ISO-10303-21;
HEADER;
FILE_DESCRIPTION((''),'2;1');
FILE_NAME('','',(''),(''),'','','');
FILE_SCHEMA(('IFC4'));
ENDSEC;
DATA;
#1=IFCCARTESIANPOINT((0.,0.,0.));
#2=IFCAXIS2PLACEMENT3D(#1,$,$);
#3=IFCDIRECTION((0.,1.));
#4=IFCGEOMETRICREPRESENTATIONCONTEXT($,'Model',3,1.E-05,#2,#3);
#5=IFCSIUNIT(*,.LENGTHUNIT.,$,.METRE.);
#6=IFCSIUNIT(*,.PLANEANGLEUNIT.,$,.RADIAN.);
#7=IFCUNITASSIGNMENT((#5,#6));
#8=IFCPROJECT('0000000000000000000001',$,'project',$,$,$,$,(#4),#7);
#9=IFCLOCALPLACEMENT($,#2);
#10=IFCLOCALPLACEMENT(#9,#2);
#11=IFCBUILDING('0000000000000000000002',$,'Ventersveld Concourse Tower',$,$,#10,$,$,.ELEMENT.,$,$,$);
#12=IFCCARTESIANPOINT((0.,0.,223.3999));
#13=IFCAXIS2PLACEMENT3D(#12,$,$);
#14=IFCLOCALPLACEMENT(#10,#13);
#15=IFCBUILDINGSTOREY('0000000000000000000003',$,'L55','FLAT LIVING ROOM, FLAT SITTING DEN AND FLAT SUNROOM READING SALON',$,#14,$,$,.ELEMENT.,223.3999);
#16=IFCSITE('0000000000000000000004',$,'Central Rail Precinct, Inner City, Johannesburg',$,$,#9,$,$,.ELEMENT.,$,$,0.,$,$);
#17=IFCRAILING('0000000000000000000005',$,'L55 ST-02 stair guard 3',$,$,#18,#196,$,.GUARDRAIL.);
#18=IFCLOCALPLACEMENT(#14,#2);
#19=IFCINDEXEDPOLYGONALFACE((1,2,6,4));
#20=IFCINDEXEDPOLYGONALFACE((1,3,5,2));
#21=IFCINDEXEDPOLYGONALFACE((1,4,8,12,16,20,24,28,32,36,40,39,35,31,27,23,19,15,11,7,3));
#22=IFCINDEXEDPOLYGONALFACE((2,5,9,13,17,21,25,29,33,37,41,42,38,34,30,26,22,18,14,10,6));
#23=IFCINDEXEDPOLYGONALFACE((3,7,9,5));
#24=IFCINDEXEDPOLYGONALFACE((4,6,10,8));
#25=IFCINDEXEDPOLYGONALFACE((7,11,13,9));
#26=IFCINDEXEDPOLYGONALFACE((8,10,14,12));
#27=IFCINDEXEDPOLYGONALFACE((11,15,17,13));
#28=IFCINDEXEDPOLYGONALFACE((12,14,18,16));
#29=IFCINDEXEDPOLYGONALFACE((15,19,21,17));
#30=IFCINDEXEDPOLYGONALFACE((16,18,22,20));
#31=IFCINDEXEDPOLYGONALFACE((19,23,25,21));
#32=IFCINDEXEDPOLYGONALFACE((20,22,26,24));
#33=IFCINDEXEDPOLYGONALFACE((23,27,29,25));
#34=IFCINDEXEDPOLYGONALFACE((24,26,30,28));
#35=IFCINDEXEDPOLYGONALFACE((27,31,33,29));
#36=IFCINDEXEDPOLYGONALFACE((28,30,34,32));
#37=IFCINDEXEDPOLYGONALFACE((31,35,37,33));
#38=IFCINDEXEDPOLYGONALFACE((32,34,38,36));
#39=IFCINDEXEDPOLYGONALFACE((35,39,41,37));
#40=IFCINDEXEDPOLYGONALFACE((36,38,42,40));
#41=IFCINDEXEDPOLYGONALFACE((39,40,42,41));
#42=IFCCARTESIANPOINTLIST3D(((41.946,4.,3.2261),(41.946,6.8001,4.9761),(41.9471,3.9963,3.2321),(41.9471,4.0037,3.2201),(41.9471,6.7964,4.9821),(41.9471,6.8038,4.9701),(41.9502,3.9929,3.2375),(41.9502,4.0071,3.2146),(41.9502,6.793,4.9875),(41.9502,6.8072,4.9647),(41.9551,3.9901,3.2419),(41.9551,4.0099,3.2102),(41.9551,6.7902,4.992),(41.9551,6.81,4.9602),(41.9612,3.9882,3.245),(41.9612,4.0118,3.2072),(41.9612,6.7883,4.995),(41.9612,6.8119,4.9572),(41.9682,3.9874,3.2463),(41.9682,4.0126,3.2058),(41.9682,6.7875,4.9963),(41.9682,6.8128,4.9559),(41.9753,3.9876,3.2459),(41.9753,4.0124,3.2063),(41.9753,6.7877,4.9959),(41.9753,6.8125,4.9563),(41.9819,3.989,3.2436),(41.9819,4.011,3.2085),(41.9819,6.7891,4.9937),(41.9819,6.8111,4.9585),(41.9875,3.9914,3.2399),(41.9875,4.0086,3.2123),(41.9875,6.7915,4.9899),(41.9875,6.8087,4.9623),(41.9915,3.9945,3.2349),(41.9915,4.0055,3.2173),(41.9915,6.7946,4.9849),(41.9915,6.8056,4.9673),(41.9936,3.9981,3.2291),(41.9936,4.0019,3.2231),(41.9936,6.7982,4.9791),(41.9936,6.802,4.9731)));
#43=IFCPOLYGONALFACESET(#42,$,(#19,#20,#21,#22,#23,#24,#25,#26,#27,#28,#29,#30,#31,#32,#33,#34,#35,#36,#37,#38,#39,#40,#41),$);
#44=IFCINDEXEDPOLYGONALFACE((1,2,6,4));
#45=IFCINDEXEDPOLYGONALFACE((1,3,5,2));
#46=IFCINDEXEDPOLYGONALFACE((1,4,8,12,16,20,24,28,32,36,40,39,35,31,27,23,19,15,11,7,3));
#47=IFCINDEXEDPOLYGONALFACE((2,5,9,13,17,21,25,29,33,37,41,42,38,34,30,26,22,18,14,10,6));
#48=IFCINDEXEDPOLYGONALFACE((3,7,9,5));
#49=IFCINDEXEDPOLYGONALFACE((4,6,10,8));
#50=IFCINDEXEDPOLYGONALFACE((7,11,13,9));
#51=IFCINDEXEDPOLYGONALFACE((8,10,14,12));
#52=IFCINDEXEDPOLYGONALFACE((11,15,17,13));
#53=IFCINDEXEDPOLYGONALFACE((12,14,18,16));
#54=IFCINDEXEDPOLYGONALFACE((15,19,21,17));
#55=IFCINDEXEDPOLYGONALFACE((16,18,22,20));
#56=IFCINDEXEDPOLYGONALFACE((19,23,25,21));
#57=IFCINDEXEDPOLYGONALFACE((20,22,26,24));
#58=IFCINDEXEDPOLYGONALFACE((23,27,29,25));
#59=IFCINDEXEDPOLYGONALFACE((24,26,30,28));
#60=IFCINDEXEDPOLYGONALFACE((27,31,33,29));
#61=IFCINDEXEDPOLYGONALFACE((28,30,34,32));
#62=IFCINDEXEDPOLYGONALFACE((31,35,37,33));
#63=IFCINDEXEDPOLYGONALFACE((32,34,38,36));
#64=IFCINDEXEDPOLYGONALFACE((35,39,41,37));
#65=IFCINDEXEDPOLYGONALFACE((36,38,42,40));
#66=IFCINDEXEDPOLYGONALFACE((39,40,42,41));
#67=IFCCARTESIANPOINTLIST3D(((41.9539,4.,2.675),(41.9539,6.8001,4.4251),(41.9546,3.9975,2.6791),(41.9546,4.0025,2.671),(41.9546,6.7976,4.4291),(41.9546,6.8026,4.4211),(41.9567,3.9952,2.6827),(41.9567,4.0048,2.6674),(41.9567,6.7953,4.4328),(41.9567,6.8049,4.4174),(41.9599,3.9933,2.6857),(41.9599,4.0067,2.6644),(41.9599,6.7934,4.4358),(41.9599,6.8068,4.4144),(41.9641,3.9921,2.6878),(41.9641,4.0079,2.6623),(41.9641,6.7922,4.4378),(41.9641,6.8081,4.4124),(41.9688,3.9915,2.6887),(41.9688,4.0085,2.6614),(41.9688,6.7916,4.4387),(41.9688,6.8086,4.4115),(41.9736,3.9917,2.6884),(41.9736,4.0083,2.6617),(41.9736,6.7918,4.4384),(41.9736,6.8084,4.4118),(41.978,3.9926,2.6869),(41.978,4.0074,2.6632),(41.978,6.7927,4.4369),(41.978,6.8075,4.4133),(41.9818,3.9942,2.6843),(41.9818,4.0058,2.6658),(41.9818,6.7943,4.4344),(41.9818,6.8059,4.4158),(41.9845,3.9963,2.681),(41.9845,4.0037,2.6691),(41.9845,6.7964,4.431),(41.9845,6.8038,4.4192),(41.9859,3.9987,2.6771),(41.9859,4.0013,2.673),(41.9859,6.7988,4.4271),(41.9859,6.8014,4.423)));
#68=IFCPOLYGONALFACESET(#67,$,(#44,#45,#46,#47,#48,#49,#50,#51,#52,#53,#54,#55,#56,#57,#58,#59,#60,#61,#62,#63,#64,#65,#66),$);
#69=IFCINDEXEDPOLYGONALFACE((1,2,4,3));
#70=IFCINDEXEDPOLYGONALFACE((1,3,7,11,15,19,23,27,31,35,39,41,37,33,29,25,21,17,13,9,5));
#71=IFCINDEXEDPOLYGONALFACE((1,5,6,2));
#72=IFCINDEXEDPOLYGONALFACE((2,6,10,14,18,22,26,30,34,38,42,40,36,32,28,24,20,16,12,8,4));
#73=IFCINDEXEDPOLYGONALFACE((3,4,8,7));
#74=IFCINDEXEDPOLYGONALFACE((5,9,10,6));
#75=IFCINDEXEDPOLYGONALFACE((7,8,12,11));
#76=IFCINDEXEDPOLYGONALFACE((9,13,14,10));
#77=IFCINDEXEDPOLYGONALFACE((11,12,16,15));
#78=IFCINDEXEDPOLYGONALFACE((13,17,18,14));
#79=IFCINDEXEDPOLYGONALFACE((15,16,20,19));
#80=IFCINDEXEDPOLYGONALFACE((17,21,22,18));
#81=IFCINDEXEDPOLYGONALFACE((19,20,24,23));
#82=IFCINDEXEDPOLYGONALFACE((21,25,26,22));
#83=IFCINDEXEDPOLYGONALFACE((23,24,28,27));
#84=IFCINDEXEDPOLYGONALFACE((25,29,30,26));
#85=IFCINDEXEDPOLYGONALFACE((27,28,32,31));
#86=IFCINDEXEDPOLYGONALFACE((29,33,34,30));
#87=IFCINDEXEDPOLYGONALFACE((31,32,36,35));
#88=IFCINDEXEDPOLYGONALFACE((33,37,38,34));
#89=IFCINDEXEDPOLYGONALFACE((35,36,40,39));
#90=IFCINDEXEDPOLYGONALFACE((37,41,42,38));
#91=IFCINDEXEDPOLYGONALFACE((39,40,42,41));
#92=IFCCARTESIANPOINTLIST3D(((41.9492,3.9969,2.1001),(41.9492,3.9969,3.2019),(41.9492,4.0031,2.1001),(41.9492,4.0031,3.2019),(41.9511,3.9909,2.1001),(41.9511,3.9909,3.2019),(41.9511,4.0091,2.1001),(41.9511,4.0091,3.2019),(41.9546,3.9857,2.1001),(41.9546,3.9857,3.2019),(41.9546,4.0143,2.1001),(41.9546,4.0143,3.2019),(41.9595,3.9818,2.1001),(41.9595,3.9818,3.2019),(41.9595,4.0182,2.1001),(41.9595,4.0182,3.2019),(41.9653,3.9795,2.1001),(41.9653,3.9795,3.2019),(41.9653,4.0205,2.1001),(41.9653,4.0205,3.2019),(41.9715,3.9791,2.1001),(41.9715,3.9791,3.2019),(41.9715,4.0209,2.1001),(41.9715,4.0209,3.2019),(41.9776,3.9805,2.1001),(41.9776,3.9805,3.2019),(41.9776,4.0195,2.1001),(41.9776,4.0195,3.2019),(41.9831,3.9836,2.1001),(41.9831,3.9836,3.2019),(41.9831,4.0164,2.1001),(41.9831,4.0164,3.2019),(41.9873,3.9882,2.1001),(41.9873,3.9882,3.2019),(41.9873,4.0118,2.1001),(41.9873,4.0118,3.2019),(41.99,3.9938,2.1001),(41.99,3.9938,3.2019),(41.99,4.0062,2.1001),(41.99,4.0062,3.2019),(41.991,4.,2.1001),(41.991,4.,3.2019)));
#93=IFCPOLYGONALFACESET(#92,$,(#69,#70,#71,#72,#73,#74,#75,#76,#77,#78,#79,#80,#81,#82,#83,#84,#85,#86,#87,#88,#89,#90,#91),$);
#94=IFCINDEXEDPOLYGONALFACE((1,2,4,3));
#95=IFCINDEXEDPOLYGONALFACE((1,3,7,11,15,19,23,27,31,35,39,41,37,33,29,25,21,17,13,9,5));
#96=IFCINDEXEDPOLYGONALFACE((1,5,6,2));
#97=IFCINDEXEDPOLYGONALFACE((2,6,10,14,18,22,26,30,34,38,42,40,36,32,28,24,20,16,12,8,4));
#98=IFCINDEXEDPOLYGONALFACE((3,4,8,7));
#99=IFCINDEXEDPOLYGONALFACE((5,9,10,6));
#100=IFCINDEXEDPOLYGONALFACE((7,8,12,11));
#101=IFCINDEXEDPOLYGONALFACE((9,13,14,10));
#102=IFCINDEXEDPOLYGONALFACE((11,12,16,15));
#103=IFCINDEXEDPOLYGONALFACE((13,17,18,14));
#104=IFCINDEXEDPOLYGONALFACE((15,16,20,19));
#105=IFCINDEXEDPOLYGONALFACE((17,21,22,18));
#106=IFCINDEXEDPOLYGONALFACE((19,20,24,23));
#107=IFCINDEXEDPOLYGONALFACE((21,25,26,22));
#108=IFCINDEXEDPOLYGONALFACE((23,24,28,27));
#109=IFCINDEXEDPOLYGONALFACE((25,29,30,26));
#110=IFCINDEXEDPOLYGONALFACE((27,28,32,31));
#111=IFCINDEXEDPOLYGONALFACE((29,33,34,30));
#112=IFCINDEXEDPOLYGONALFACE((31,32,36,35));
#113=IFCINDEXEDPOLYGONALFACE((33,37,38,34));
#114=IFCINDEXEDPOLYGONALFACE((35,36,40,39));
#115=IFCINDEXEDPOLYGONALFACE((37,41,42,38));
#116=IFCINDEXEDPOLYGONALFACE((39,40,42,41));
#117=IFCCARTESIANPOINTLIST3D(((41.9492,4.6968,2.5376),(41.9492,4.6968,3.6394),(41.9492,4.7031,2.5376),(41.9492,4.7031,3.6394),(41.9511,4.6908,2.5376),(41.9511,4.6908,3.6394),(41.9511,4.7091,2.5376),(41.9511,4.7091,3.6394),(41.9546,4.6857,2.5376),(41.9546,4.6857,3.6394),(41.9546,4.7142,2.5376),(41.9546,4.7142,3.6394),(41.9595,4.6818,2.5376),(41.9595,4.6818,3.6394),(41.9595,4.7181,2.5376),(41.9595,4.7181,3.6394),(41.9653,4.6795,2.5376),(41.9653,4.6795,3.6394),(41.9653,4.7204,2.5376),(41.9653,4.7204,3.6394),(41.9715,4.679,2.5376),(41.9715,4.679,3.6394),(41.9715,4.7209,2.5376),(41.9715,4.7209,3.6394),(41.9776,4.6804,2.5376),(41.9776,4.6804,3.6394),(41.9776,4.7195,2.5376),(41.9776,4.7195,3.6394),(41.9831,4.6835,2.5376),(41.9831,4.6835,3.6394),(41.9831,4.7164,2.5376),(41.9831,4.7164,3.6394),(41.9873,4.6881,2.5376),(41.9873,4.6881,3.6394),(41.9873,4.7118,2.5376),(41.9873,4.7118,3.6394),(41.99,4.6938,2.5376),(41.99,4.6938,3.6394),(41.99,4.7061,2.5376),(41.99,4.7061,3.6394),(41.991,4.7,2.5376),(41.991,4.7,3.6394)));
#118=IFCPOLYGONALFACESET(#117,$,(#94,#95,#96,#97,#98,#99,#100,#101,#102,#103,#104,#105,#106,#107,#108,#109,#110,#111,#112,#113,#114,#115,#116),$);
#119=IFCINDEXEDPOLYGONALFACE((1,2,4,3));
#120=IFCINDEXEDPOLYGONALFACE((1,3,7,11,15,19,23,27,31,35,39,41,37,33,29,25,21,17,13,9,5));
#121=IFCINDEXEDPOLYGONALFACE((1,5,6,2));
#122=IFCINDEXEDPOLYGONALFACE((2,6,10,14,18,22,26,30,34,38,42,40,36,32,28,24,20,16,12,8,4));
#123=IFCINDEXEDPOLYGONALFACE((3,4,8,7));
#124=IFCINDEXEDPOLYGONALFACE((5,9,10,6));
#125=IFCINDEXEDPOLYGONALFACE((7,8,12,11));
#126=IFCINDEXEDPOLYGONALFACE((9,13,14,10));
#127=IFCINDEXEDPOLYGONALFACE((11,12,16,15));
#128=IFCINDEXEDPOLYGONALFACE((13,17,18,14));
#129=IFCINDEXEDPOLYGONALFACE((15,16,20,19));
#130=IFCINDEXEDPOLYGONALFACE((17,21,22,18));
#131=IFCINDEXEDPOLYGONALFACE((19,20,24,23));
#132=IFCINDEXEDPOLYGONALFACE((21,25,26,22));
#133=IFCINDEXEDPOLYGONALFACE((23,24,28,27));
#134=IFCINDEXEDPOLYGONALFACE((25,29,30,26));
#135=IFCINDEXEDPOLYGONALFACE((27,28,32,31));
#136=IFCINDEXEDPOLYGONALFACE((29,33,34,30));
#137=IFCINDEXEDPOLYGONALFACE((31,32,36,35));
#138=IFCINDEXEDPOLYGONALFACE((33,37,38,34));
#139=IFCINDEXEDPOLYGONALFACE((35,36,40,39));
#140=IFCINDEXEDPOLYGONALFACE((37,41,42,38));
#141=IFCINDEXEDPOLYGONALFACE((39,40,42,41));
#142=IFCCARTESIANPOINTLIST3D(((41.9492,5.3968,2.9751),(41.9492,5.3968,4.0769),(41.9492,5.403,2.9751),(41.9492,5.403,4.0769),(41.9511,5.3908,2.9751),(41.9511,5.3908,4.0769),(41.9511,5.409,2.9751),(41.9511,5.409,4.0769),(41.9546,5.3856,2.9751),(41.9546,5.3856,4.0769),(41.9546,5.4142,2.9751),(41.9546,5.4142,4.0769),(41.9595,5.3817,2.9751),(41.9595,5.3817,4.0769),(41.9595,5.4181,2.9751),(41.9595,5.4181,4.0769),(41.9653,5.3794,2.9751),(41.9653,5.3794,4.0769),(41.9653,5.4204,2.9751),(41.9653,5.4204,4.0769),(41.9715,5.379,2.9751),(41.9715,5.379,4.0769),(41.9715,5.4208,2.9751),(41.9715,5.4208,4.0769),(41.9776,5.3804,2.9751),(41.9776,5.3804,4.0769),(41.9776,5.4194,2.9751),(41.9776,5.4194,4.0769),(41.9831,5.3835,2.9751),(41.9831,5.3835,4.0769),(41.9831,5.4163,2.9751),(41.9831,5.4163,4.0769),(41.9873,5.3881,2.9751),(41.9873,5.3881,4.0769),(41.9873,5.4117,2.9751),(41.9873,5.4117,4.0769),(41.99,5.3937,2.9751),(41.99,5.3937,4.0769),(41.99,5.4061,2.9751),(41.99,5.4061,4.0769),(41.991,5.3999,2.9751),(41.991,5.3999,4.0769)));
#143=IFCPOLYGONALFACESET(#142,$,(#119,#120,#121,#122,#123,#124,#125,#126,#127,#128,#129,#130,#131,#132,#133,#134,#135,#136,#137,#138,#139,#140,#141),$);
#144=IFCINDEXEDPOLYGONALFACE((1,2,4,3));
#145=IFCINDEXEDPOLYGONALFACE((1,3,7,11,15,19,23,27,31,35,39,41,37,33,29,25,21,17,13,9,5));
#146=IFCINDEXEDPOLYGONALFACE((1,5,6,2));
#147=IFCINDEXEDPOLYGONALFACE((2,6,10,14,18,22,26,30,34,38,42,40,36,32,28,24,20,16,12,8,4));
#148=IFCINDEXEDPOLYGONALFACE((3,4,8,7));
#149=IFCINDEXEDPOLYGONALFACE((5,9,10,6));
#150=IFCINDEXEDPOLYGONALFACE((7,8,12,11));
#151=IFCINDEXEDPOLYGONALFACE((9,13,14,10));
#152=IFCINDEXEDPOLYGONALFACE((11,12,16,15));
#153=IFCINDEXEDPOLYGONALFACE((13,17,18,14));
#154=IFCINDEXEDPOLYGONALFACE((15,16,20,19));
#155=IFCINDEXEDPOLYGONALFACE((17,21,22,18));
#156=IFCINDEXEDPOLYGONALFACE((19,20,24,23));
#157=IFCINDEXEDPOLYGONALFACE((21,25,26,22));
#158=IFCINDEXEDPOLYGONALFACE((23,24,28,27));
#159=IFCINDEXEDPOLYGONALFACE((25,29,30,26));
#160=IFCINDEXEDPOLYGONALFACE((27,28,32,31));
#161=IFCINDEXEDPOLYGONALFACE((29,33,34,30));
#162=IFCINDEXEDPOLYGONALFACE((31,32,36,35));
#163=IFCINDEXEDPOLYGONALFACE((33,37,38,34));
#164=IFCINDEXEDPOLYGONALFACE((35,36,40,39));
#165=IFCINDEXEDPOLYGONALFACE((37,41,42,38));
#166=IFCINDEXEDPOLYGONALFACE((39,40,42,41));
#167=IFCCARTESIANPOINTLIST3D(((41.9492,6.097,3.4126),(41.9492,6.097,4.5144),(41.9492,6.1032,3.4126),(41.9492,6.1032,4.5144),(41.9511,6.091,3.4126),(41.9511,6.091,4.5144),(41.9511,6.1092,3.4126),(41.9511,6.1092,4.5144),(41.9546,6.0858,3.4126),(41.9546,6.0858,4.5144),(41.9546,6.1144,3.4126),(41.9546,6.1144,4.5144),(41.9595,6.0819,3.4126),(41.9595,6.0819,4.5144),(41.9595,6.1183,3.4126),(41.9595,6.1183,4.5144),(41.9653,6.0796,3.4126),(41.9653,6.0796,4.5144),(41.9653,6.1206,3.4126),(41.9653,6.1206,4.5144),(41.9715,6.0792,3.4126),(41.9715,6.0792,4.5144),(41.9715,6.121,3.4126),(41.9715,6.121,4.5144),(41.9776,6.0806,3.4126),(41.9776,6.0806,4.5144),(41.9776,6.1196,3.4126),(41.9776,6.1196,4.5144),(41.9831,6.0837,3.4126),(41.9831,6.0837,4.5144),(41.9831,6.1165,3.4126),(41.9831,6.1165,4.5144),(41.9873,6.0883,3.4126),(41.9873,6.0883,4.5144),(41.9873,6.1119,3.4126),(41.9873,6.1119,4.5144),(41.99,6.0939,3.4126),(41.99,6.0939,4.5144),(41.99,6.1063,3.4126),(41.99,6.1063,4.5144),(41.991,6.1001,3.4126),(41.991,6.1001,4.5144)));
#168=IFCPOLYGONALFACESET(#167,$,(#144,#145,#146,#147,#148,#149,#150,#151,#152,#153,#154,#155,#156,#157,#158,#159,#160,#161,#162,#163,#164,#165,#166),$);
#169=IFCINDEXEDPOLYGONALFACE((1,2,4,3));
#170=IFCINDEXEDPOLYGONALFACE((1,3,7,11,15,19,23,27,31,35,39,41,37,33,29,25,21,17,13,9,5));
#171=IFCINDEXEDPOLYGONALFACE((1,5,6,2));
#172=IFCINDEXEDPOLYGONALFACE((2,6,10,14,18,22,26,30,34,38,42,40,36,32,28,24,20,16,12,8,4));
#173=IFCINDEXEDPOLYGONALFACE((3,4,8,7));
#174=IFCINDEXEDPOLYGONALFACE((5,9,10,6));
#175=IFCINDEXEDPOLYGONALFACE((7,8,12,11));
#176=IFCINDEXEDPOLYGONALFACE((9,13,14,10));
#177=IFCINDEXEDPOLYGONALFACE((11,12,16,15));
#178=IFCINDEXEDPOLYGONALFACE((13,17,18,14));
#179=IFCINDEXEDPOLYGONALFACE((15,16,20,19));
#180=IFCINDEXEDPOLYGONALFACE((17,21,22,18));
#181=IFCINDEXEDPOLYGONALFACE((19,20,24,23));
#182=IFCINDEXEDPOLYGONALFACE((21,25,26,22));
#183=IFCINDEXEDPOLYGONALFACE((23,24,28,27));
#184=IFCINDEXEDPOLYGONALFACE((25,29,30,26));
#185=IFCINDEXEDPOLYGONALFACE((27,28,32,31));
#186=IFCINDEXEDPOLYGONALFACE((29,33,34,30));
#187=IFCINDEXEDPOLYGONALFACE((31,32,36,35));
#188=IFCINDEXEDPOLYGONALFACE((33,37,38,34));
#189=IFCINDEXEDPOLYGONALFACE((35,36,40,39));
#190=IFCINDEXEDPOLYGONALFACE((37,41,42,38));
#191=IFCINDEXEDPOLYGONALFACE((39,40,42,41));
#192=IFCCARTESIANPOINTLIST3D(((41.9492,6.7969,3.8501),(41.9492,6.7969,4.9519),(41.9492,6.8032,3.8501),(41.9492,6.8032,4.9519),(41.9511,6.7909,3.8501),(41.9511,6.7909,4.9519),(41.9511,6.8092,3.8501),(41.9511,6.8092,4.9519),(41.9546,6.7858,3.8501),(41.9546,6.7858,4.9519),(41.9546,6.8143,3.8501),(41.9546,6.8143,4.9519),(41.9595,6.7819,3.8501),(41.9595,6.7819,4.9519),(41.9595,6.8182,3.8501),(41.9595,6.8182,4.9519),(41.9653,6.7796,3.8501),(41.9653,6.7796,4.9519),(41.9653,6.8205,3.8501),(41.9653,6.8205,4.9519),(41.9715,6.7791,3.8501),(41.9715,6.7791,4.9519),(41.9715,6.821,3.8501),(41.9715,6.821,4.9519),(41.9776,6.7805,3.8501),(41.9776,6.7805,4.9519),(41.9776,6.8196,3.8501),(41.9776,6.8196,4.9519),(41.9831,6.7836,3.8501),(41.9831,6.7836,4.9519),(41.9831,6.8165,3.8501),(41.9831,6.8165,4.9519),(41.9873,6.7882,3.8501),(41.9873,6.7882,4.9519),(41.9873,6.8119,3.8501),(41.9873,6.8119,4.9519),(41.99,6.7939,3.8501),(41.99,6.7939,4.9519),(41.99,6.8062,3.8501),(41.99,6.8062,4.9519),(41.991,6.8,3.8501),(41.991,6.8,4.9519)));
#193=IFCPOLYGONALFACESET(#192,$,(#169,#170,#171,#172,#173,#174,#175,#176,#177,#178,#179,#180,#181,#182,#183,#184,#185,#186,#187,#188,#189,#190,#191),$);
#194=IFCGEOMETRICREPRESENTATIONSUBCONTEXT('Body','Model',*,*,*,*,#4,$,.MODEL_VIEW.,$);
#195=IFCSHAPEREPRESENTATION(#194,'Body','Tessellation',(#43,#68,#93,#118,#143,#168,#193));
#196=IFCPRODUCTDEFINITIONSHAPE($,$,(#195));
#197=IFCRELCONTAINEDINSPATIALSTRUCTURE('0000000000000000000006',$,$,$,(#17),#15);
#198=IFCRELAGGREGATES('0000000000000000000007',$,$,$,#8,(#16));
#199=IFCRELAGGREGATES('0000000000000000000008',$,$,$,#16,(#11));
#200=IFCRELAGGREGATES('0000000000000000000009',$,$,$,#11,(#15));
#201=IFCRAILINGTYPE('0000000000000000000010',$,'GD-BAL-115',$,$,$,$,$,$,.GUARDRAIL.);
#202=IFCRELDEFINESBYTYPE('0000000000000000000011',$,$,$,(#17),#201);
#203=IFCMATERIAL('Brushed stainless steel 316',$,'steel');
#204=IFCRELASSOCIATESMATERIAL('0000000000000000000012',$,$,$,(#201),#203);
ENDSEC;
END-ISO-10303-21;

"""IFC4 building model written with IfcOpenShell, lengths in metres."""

from ifc_helpers import new_model, si_unit, direction, frame, origin, origin_2d, place, context, subcontext, project, spatial, circle, extrude, material, type_object, element, save


model = new_model("IFC4")

# Units and contexts
model_context = context("Model", 3, precision=1e-05, world=origin(), true_north=direction((0.0, 1.0)))
body_context = subcontext(model_context, "Body", "Model", "MODEL_VIEW")
ifc_project = project(units=[si_unit("LENGTHUNIT", "METRE"), si_unit("PLANEANGLEUNIT", "RADIAN")], contexts=[model_context])

# Site, building, storey
site_placement = place(None, origin())
site = spatial("IfcSite", under=ifc_project, at=site_placement, Name="Central Rail Precinct, Inner City, Johannesburg", CompositionType="ELEMENT", RefElevation=0.0)
building_placement = place(site_placement, origin())
building = spatial("IfcBuilding", under=site, at=building_placement, Name="Ventersveld Concourse Tower", CompositionType="ELEMENT")
storey_placement = place(building_placement, frame((0.0, 0.0, 223.3999)))
storey = spatial("IfcBuildingStorey", under=building, at=storey_placement, Name="L55", Description="FLAT LIVING ROOM, FLAT SITTING DEN AND FLAT SUNROOM READING SALON", CompositionType="ELEMENT", Elevation=223.3999)

# Railing
ifc_material_1 = material(Name="Brushed stainless steel 316", Category="steel")
railing_type_1 = type_object("IfcRailingType", Name="GD-BAL-115", PredefinedType="GUARDRAIL", material=ifc_material_1)
railing_1_placement = place(storey_placement, frame((41.97, 4.0, 2.1001)))
element("IfcRailing", 1, at=railing_1_placement, inside=storey, type_object=railing_type_1, Name="L55 ST-02 stair guard 3", PredefinedType="GUARDRAIL", context=body_context, shape_type="SweptSolid", body=[
    extrude(circle(Radius=0.0239, at=origin_2d()), frame((0.0, 0.0, 1.126), z_axis=(0.0, 0.848002, 0.529992), x_axis=(-1.0, 0.0, 0.0)), (0.0, 0.0, 1.0), 3.302),
    extrude(circle(Radius=0.0161, at=origin_2d()), frame((0.0, 0.0, 0.575), z_axis=(0.0, 0.848002, 0.529992), x_axis=(-1.0, 0.0, 0.0)), (0.0, 0.0, 1.0), 3.302),
    extrude(circle(Radius=0.021, at=origin_2d()), origin(), (0.0, 0.0, 1.0), 1.1018),
    extrude(circle(Radius=0.021, at=origin_2d()), frame((0.0, 0.7, 0.4375)), (0.0, 0.0, 1.0), 1.1018),
    extrude(circle(Radius=0.021, at=origin_2d()), frame((0.0, 1.3999, 0.875)), (0.0, 0.0, 1.0), 1.1018),
    extrude(circle(Radius=0.021, at=origin_2d()), frame((0.0, 2.1001, 1.3125)), (0.0, 0.0, 1.0), 1.1018),
    extrude(circle(Radius=0.021, at=origin_2d()), frame((0.0, 2.8, 1.75)), (0.0, 0.0, 1.0), 1.1018),
])

save(model, "model.ifc")
